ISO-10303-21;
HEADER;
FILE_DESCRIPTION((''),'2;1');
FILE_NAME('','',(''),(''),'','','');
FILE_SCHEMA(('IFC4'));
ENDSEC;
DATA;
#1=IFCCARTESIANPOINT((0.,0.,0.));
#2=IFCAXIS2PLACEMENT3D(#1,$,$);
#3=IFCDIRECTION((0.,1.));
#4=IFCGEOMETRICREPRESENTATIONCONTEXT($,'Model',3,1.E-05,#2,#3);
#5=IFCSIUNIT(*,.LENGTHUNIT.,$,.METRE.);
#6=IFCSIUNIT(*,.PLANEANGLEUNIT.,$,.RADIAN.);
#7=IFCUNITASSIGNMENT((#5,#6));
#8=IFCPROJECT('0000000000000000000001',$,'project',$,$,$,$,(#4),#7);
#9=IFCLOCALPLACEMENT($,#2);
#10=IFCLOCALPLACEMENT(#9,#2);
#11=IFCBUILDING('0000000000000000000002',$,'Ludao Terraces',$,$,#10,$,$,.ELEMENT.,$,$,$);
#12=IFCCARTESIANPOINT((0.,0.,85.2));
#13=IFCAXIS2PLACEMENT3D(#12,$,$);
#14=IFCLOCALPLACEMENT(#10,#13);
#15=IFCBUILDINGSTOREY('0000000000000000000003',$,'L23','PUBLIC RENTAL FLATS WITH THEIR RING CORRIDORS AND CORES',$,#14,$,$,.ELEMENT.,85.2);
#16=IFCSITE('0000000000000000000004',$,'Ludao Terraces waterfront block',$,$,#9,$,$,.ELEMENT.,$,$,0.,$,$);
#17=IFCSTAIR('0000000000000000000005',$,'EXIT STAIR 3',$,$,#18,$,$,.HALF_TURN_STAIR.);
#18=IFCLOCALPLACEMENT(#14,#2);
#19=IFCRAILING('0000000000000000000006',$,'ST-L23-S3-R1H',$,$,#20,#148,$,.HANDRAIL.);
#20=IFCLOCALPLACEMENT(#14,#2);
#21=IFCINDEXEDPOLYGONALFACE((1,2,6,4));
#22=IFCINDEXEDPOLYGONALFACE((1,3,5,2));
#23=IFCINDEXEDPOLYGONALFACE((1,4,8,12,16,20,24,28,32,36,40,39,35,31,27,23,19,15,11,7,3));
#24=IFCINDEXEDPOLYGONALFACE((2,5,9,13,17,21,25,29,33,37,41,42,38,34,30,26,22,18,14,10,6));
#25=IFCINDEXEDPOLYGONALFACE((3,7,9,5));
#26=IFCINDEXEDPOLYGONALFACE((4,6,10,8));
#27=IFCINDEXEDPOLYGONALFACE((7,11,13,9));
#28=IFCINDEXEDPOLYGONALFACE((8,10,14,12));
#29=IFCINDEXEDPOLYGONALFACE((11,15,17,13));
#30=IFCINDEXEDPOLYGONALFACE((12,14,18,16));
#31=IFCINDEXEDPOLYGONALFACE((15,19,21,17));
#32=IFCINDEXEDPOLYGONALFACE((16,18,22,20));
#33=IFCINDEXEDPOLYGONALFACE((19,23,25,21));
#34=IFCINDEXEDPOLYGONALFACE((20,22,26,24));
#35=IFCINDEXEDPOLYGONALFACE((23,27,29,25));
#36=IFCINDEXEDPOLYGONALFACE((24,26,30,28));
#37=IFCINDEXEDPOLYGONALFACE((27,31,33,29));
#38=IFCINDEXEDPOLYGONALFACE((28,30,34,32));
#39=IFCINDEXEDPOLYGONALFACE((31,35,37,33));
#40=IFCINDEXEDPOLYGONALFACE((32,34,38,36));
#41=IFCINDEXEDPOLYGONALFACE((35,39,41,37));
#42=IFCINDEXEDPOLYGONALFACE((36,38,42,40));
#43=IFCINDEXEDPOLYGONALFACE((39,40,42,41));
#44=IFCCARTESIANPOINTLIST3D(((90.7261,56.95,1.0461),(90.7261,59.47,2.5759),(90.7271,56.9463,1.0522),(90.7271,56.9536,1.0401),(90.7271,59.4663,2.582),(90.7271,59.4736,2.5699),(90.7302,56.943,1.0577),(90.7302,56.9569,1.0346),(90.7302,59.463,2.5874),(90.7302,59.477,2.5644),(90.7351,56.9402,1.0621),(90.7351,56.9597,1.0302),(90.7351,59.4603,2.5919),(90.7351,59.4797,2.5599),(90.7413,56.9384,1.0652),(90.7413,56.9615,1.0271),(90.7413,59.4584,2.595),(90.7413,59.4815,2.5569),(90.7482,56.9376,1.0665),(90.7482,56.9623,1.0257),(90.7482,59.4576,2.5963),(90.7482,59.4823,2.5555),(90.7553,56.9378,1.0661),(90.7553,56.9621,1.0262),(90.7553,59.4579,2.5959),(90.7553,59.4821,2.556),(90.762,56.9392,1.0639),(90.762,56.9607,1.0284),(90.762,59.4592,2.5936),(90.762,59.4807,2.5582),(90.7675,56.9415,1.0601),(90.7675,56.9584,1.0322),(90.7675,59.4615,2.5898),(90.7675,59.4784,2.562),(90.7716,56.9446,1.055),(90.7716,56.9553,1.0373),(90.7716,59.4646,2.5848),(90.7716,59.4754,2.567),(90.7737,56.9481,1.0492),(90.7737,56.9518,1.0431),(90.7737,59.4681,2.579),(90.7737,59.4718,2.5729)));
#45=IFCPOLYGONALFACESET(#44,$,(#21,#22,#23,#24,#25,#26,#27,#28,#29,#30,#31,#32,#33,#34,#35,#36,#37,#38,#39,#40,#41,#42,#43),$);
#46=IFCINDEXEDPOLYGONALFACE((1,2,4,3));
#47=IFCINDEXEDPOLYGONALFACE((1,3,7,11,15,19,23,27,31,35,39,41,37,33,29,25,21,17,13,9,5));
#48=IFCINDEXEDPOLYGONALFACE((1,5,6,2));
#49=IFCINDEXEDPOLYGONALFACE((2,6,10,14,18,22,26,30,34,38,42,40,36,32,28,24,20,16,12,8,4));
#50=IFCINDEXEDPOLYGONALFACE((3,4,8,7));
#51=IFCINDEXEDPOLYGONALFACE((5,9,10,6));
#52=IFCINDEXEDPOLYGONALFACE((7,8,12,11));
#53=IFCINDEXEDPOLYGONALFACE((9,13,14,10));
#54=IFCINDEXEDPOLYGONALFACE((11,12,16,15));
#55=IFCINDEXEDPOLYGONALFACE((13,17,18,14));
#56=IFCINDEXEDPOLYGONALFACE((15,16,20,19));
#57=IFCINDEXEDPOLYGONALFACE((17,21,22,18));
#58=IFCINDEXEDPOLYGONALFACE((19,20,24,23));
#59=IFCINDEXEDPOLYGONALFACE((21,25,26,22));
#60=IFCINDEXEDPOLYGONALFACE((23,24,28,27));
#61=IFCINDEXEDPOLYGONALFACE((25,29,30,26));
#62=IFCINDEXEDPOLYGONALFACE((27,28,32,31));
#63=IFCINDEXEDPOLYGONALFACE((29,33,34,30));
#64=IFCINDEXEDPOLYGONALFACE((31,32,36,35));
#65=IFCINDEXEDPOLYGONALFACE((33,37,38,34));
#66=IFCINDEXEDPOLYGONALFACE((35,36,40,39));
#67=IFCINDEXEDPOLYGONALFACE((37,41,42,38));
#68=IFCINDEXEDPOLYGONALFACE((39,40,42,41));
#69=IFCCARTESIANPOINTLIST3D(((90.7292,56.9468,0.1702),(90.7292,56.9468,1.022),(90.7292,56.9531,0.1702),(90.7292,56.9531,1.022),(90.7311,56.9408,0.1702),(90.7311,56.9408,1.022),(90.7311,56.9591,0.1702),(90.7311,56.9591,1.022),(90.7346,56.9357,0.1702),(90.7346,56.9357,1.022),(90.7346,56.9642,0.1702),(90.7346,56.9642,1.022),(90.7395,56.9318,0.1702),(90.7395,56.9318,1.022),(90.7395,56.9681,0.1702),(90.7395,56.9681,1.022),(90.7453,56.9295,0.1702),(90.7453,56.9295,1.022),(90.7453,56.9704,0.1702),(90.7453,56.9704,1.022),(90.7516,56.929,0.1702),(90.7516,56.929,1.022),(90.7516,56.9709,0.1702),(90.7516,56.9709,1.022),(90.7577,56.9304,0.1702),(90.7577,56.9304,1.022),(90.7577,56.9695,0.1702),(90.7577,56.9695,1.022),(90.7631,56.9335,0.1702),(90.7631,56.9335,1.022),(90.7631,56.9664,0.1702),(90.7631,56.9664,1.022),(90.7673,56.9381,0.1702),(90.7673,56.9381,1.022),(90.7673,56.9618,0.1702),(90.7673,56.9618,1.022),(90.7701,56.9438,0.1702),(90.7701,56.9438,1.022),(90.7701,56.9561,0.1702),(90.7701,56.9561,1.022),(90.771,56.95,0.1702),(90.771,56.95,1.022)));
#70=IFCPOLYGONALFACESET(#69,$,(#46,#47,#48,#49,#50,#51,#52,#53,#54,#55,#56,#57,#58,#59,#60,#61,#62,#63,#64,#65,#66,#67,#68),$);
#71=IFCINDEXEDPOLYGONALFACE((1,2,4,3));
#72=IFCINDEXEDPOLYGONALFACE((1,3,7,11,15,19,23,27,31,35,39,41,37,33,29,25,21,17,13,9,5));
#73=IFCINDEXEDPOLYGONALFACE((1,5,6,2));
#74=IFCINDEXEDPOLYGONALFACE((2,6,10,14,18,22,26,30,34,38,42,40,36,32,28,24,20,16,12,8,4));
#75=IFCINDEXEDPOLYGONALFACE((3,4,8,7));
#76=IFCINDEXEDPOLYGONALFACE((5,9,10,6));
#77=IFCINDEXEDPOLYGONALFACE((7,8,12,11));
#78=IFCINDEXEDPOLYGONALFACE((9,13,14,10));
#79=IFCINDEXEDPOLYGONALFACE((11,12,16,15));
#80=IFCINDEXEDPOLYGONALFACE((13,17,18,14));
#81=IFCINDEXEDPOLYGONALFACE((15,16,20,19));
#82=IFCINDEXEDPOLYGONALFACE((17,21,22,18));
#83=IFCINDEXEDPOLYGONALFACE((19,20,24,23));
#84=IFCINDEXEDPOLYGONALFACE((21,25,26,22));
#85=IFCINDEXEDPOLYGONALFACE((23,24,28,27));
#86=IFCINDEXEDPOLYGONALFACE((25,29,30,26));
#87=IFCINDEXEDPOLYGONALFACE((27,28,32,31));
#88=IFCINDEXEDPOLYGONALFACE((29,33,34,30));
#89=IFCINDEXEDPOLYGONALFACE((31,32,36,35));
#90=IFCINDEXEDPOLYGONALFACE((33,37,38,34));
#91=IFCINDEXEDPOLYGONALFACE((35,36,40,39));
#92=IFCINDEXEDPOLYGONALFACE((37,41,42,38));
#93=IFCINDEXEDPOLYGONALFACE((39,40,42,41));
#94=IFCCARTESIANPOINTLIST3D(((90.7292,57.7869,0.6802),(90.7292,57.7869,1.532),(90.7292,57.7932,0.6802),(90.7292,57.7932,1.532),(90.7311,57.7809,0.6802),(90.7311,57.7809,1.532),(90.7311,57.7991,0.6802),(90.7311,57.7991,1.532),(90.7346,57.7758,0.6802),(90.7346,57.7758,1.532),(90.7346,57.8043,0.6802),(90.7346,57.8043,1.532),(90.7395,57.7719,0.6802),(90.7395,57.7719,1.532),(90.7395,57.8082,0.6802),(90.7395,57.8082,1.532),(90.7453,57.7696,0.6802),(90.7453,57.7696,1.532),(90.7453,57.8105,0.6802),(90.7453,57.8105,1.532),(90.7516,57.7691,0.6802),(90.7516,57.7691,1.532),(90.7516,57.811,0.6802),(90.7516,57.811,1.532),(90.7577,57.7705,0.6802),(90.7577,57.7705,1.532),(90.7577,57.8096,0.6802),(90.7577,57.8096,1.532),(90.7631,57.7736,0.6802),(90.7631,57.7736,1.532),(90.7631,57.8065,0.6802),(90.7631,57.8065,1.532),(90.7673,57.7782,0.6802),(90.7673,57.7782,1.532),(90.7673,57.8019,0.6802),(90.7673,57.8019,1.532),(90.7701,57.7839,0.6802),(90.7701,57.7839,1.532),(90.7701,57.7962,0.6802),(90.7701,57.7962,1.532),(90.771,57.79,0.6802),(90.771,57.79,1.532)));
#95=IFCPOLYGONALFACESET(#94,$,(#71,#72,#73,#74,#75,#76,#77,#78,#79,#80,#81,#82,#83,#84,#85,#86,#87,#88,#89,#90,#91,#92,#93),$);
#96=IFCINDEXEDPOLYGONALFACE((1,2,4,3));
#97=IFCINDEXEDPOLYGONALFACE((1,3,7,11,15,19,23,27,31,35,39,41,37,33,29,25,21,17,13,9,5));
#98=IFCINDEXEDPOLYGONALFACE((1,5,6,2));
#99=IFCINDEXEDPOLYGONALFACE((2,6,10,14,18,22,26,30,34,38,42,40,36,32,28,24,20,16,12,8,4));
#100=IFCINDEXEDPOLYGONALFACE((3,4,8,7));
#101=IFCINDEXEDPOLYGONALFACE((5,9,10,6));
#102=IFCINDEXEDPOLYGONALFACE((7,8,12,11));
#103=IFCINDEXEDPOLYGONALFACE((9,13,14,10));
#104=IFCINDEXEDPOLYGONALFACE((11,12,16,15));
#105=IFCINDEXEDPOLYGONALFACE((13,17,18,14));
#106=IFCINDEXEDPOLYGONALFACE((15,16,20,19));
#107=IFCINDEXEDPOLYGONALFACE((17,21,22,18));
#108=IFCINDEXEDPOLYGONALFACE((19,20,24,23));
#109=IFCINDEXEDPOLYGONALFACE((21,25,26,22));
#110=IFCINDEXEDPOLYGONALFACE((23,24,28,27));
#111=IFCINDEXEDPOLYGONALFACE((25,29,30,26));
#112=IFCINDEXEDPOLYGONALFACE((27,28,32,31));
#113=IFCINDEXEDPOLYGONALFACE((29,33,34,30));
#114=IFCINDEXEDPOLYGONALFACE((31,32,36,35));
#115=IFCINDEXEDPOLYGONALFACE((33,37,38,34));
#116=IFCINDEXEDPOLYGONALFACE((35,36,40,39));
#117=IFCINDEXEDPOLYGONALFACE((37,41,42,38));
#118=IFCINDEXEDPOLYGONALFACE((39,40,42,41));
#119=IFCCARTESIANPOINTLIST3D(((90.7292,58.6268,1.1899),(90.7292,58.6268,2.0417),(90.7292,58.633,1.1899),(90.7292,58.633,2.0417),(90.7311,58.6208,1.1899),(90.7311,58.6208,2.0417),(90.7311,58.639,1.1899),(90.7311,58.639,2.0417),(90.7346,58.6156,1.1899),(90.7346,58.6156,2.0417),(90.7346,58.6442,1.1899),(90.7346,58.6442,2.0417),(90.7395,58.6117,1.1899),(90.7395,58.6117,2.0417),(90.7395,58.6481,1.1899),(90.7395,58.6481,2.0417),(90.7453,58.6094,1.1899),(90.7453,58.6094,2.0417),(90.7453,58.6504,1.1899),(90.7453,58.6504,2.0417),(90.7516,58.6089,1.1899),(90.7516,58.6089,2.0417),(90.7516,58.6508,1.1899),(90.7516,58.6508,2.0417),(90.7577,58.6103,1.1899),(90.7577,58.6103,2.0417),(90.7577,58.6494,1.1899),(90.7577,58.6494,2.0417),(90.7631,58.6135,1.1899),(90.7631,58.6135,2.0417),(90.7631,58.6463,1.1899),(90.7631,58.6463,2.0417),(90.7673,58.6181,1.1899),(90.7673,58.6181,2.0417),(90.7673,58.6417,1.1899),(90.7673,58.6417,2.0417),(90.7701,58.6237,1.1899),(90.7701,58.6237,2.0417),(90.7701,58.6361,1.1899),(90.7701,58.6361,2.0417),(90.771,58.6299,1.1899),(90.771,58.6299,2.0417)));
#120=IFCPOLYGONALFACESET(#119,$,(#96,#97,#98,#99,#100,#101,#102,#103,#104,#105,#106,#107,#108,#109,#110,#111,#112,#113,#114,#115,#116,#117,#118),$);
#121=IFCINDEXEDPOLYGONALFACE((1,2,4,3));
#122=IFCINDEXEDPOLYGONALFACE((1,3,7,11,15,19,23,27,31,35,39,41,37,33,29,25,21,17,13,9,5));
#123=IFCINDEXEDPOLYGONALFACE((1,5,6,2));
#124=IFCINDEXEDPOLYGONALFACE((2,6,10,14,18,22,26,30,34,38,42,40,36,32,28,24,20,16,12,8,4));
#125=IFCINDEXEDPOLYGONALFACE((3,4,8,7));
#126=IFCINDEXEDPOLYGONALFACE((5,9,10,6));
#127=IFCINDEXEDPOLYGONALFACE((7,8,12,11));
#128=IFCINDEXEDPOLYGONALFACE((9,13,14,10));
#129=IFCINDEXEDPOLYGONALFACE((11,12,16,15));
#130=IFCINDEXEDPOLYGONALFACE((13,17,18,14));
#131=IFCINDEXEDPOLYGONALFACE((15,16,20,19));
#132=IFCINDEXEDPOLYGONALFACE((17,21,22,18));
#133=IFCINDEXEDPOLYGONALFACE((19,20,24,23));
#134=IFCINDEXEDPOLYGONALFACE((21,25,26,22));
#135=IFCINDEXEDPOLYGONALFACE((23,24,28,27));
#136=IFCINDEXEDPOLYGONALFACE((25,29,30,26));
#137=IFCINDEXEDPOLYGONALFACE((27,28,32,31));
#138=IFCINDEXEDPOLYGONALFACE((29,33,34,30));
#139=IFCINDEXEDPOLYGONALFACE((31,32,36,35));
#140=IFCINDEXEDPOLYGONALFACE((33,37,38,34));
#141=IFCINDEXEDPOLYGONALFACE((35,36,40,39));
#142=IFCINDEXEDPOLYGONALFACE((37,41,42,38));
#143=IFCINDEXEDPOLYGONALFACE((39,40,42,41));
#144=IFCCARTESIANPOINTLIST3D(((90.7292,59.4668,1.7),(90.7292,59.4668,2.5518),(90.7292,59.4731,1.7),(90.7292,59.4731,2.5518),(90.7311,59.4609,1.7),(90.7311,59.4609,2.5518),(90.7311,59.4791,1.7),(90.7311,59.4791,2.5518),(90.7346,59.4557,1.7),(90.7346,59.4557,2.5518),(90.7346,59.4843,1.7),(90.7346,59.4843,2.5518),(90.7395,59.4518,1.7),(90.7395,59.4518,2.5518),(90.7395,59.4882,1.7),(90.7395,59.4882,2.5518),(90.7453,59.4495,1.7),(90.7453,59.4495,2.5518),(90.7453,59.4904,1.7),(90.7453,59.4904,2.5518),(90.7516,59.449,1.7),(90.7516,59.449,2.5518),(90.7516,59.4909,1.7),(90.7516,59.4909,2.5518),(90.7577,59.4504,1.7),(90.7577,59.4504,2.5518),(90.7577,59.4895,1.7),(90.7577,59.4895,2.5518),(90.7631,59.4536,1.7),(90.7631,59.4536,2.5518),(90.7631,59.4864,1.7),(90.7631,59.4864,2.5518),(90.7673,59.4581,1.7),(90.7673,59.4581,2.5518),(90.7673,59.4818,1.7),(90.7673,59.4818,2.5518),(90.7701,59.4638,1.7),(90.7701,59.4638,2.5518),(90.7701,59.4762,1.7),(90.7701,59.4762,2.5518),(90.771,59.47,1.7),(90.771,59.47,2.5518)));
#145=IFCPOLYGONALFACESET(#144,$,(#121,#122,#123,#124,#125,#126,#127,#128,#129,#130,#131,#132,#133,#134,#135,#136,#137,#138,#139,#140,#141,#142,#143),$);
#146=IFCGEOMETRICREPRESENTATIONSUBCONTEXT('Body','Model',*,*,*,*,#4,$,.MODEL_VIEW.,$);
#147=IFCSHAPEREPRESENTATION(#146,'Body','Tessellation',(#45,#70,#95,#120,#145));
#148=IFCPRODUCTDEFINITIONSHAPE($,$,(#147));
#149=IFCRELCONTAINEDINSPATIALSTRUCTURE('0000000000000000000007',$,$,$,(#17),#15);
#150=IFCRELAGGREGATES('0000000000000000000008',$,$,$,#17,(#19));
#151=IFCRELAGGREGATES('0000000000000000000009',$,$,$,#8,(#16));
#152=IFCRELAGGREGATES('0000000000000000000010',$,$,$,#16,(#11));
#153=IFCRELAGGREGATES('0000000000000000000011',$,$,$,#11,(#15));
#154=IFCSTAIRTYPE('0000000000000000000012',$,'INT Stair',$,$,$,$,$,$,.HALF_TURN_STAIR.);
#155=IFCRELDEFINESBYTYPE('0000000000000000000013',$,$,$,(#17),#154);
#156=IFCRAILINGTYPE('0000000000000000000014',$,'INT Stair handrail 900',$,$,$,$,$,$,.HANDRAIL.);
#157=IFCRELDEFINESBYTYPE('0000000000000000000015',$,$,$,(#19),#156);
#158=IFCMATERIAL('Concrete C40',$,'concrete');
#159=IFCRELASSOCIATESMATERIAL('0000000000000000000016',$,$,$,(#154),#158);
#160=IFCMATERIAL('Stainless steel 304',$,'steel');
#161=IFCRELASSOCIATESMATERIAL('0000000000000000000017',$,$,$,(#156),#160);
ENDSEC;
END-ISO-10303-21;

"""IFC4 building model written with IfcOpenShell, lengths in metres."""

from ifc_helpers import new_model, si_unit, direction, frame, origin, origin_2d, place, context, subcontext, project, spatial, circle, extrude, material, type_object, element, aggregate, save


model = new_model("IFC4")

# Units and contexts
model_context = context("Model", 3, precision=1e-05, world=origin(), true_north=direction((0.0, 1.0)))
body_context = subcontext(model_context, "Body", "Model", "MODEL_VIEW")
ifc_project = project(units=[si_unit("LENGTHUNIT", "METRE"), si_unit("PLANEANGLEUNIT", "RADIAN")], contexts=[model_context])

# Site, building, storey
site_placement = place(None, origin())
site = spatial("IfcSite", under=ifc_project, at=site_placement, Name="Ludao Terraces waterfront block", CompositionType="ELEMENT", RefElevation=0.0)
building_placement = place(site_placement, origin())
building = spatial("IfcBuilding", under=site, at=building_placement, Name="Ludao Terraces", CompositionType="ELEMENT")
storey_placement = place(building_placement, frame((0.0, 0.0, 85.2)))
storey = spatial("IfcBuildingStorey", under=building, at=storey_placement, Name="L23", Description="PUBLIC RENTAL FLATS WITH THEIR RING CORRIDORS AND CORES", CompositionType="ELEMENT", Elevation=85.2)

# Shared definitions
ifc_material_1 = material(Name="Concrete C40", Category="concrete")

# Stair, railing
stair_type = type_object("IfcStairType", Name="INT Stair", PredefinedType="HALF_TURN_STAIR", material=ifc_material_1)
stair_placement = place(storey_placement, origin())
stair = element("IfcStair", 1, at=stair_placement, inside=storey, type_object=stair_type, Name="EXIT STAIR 3", PredefinedType="HALF_TURN_STAIR")
ifc_material_2 = material(Name="Stainless steel 304", Category="steel")
railing_type_1 = type_object("IfcRailingType", Name="INT Stair handrail 900", PredefinedType="HANDRAIL", material=ifc_material_2)
railing_1_placement = place(storey_placement, frame((90.75, 56.95, 0.1702)))
railing_1 = element("IfcRailing", 2, at=railing_1_placement, type_object=railing_type_1, Name="ST-L23-S3-R1H", PredefinedType="HANDRAIL", context=body_context, shape_type="SweptSolid", body=[
    extrude(circle(Radius=0.0239, at=origin_2d()), frame((0.0, 0.0, 0.876), z_axis=(0.0, 0.854822, 0.518922), x_axis=(-1.0, 0.0, 0.0)), (0.0, 0.0, 1.0), 2.948),
    extrude(circle(Radius=0.021, at=origin_2d()), origin(), (0.0, 0.0, 1.0), 0.8518),
    extrude(circle(Radius=0.021, at=origin_2d()), frame((0.0, 0.8401, 0.51)), (0.0, 0.0, 1.0), 0.8518),
    extrude(circle(Radius=0.021, at=origin_2d()), frame((0.0, 1.6799, 1.0198)), (0.0, 0.0, 1.0), 0.8518),
    extrude(circle(Radius=0.021, at=origin_2d()), frame((0.0, 2.52, 1.5298)), (0.0, 0.0, 1.0), 0.8518),
])
aggregate(stair, [railing_1])

save(model, "model.ifc")
